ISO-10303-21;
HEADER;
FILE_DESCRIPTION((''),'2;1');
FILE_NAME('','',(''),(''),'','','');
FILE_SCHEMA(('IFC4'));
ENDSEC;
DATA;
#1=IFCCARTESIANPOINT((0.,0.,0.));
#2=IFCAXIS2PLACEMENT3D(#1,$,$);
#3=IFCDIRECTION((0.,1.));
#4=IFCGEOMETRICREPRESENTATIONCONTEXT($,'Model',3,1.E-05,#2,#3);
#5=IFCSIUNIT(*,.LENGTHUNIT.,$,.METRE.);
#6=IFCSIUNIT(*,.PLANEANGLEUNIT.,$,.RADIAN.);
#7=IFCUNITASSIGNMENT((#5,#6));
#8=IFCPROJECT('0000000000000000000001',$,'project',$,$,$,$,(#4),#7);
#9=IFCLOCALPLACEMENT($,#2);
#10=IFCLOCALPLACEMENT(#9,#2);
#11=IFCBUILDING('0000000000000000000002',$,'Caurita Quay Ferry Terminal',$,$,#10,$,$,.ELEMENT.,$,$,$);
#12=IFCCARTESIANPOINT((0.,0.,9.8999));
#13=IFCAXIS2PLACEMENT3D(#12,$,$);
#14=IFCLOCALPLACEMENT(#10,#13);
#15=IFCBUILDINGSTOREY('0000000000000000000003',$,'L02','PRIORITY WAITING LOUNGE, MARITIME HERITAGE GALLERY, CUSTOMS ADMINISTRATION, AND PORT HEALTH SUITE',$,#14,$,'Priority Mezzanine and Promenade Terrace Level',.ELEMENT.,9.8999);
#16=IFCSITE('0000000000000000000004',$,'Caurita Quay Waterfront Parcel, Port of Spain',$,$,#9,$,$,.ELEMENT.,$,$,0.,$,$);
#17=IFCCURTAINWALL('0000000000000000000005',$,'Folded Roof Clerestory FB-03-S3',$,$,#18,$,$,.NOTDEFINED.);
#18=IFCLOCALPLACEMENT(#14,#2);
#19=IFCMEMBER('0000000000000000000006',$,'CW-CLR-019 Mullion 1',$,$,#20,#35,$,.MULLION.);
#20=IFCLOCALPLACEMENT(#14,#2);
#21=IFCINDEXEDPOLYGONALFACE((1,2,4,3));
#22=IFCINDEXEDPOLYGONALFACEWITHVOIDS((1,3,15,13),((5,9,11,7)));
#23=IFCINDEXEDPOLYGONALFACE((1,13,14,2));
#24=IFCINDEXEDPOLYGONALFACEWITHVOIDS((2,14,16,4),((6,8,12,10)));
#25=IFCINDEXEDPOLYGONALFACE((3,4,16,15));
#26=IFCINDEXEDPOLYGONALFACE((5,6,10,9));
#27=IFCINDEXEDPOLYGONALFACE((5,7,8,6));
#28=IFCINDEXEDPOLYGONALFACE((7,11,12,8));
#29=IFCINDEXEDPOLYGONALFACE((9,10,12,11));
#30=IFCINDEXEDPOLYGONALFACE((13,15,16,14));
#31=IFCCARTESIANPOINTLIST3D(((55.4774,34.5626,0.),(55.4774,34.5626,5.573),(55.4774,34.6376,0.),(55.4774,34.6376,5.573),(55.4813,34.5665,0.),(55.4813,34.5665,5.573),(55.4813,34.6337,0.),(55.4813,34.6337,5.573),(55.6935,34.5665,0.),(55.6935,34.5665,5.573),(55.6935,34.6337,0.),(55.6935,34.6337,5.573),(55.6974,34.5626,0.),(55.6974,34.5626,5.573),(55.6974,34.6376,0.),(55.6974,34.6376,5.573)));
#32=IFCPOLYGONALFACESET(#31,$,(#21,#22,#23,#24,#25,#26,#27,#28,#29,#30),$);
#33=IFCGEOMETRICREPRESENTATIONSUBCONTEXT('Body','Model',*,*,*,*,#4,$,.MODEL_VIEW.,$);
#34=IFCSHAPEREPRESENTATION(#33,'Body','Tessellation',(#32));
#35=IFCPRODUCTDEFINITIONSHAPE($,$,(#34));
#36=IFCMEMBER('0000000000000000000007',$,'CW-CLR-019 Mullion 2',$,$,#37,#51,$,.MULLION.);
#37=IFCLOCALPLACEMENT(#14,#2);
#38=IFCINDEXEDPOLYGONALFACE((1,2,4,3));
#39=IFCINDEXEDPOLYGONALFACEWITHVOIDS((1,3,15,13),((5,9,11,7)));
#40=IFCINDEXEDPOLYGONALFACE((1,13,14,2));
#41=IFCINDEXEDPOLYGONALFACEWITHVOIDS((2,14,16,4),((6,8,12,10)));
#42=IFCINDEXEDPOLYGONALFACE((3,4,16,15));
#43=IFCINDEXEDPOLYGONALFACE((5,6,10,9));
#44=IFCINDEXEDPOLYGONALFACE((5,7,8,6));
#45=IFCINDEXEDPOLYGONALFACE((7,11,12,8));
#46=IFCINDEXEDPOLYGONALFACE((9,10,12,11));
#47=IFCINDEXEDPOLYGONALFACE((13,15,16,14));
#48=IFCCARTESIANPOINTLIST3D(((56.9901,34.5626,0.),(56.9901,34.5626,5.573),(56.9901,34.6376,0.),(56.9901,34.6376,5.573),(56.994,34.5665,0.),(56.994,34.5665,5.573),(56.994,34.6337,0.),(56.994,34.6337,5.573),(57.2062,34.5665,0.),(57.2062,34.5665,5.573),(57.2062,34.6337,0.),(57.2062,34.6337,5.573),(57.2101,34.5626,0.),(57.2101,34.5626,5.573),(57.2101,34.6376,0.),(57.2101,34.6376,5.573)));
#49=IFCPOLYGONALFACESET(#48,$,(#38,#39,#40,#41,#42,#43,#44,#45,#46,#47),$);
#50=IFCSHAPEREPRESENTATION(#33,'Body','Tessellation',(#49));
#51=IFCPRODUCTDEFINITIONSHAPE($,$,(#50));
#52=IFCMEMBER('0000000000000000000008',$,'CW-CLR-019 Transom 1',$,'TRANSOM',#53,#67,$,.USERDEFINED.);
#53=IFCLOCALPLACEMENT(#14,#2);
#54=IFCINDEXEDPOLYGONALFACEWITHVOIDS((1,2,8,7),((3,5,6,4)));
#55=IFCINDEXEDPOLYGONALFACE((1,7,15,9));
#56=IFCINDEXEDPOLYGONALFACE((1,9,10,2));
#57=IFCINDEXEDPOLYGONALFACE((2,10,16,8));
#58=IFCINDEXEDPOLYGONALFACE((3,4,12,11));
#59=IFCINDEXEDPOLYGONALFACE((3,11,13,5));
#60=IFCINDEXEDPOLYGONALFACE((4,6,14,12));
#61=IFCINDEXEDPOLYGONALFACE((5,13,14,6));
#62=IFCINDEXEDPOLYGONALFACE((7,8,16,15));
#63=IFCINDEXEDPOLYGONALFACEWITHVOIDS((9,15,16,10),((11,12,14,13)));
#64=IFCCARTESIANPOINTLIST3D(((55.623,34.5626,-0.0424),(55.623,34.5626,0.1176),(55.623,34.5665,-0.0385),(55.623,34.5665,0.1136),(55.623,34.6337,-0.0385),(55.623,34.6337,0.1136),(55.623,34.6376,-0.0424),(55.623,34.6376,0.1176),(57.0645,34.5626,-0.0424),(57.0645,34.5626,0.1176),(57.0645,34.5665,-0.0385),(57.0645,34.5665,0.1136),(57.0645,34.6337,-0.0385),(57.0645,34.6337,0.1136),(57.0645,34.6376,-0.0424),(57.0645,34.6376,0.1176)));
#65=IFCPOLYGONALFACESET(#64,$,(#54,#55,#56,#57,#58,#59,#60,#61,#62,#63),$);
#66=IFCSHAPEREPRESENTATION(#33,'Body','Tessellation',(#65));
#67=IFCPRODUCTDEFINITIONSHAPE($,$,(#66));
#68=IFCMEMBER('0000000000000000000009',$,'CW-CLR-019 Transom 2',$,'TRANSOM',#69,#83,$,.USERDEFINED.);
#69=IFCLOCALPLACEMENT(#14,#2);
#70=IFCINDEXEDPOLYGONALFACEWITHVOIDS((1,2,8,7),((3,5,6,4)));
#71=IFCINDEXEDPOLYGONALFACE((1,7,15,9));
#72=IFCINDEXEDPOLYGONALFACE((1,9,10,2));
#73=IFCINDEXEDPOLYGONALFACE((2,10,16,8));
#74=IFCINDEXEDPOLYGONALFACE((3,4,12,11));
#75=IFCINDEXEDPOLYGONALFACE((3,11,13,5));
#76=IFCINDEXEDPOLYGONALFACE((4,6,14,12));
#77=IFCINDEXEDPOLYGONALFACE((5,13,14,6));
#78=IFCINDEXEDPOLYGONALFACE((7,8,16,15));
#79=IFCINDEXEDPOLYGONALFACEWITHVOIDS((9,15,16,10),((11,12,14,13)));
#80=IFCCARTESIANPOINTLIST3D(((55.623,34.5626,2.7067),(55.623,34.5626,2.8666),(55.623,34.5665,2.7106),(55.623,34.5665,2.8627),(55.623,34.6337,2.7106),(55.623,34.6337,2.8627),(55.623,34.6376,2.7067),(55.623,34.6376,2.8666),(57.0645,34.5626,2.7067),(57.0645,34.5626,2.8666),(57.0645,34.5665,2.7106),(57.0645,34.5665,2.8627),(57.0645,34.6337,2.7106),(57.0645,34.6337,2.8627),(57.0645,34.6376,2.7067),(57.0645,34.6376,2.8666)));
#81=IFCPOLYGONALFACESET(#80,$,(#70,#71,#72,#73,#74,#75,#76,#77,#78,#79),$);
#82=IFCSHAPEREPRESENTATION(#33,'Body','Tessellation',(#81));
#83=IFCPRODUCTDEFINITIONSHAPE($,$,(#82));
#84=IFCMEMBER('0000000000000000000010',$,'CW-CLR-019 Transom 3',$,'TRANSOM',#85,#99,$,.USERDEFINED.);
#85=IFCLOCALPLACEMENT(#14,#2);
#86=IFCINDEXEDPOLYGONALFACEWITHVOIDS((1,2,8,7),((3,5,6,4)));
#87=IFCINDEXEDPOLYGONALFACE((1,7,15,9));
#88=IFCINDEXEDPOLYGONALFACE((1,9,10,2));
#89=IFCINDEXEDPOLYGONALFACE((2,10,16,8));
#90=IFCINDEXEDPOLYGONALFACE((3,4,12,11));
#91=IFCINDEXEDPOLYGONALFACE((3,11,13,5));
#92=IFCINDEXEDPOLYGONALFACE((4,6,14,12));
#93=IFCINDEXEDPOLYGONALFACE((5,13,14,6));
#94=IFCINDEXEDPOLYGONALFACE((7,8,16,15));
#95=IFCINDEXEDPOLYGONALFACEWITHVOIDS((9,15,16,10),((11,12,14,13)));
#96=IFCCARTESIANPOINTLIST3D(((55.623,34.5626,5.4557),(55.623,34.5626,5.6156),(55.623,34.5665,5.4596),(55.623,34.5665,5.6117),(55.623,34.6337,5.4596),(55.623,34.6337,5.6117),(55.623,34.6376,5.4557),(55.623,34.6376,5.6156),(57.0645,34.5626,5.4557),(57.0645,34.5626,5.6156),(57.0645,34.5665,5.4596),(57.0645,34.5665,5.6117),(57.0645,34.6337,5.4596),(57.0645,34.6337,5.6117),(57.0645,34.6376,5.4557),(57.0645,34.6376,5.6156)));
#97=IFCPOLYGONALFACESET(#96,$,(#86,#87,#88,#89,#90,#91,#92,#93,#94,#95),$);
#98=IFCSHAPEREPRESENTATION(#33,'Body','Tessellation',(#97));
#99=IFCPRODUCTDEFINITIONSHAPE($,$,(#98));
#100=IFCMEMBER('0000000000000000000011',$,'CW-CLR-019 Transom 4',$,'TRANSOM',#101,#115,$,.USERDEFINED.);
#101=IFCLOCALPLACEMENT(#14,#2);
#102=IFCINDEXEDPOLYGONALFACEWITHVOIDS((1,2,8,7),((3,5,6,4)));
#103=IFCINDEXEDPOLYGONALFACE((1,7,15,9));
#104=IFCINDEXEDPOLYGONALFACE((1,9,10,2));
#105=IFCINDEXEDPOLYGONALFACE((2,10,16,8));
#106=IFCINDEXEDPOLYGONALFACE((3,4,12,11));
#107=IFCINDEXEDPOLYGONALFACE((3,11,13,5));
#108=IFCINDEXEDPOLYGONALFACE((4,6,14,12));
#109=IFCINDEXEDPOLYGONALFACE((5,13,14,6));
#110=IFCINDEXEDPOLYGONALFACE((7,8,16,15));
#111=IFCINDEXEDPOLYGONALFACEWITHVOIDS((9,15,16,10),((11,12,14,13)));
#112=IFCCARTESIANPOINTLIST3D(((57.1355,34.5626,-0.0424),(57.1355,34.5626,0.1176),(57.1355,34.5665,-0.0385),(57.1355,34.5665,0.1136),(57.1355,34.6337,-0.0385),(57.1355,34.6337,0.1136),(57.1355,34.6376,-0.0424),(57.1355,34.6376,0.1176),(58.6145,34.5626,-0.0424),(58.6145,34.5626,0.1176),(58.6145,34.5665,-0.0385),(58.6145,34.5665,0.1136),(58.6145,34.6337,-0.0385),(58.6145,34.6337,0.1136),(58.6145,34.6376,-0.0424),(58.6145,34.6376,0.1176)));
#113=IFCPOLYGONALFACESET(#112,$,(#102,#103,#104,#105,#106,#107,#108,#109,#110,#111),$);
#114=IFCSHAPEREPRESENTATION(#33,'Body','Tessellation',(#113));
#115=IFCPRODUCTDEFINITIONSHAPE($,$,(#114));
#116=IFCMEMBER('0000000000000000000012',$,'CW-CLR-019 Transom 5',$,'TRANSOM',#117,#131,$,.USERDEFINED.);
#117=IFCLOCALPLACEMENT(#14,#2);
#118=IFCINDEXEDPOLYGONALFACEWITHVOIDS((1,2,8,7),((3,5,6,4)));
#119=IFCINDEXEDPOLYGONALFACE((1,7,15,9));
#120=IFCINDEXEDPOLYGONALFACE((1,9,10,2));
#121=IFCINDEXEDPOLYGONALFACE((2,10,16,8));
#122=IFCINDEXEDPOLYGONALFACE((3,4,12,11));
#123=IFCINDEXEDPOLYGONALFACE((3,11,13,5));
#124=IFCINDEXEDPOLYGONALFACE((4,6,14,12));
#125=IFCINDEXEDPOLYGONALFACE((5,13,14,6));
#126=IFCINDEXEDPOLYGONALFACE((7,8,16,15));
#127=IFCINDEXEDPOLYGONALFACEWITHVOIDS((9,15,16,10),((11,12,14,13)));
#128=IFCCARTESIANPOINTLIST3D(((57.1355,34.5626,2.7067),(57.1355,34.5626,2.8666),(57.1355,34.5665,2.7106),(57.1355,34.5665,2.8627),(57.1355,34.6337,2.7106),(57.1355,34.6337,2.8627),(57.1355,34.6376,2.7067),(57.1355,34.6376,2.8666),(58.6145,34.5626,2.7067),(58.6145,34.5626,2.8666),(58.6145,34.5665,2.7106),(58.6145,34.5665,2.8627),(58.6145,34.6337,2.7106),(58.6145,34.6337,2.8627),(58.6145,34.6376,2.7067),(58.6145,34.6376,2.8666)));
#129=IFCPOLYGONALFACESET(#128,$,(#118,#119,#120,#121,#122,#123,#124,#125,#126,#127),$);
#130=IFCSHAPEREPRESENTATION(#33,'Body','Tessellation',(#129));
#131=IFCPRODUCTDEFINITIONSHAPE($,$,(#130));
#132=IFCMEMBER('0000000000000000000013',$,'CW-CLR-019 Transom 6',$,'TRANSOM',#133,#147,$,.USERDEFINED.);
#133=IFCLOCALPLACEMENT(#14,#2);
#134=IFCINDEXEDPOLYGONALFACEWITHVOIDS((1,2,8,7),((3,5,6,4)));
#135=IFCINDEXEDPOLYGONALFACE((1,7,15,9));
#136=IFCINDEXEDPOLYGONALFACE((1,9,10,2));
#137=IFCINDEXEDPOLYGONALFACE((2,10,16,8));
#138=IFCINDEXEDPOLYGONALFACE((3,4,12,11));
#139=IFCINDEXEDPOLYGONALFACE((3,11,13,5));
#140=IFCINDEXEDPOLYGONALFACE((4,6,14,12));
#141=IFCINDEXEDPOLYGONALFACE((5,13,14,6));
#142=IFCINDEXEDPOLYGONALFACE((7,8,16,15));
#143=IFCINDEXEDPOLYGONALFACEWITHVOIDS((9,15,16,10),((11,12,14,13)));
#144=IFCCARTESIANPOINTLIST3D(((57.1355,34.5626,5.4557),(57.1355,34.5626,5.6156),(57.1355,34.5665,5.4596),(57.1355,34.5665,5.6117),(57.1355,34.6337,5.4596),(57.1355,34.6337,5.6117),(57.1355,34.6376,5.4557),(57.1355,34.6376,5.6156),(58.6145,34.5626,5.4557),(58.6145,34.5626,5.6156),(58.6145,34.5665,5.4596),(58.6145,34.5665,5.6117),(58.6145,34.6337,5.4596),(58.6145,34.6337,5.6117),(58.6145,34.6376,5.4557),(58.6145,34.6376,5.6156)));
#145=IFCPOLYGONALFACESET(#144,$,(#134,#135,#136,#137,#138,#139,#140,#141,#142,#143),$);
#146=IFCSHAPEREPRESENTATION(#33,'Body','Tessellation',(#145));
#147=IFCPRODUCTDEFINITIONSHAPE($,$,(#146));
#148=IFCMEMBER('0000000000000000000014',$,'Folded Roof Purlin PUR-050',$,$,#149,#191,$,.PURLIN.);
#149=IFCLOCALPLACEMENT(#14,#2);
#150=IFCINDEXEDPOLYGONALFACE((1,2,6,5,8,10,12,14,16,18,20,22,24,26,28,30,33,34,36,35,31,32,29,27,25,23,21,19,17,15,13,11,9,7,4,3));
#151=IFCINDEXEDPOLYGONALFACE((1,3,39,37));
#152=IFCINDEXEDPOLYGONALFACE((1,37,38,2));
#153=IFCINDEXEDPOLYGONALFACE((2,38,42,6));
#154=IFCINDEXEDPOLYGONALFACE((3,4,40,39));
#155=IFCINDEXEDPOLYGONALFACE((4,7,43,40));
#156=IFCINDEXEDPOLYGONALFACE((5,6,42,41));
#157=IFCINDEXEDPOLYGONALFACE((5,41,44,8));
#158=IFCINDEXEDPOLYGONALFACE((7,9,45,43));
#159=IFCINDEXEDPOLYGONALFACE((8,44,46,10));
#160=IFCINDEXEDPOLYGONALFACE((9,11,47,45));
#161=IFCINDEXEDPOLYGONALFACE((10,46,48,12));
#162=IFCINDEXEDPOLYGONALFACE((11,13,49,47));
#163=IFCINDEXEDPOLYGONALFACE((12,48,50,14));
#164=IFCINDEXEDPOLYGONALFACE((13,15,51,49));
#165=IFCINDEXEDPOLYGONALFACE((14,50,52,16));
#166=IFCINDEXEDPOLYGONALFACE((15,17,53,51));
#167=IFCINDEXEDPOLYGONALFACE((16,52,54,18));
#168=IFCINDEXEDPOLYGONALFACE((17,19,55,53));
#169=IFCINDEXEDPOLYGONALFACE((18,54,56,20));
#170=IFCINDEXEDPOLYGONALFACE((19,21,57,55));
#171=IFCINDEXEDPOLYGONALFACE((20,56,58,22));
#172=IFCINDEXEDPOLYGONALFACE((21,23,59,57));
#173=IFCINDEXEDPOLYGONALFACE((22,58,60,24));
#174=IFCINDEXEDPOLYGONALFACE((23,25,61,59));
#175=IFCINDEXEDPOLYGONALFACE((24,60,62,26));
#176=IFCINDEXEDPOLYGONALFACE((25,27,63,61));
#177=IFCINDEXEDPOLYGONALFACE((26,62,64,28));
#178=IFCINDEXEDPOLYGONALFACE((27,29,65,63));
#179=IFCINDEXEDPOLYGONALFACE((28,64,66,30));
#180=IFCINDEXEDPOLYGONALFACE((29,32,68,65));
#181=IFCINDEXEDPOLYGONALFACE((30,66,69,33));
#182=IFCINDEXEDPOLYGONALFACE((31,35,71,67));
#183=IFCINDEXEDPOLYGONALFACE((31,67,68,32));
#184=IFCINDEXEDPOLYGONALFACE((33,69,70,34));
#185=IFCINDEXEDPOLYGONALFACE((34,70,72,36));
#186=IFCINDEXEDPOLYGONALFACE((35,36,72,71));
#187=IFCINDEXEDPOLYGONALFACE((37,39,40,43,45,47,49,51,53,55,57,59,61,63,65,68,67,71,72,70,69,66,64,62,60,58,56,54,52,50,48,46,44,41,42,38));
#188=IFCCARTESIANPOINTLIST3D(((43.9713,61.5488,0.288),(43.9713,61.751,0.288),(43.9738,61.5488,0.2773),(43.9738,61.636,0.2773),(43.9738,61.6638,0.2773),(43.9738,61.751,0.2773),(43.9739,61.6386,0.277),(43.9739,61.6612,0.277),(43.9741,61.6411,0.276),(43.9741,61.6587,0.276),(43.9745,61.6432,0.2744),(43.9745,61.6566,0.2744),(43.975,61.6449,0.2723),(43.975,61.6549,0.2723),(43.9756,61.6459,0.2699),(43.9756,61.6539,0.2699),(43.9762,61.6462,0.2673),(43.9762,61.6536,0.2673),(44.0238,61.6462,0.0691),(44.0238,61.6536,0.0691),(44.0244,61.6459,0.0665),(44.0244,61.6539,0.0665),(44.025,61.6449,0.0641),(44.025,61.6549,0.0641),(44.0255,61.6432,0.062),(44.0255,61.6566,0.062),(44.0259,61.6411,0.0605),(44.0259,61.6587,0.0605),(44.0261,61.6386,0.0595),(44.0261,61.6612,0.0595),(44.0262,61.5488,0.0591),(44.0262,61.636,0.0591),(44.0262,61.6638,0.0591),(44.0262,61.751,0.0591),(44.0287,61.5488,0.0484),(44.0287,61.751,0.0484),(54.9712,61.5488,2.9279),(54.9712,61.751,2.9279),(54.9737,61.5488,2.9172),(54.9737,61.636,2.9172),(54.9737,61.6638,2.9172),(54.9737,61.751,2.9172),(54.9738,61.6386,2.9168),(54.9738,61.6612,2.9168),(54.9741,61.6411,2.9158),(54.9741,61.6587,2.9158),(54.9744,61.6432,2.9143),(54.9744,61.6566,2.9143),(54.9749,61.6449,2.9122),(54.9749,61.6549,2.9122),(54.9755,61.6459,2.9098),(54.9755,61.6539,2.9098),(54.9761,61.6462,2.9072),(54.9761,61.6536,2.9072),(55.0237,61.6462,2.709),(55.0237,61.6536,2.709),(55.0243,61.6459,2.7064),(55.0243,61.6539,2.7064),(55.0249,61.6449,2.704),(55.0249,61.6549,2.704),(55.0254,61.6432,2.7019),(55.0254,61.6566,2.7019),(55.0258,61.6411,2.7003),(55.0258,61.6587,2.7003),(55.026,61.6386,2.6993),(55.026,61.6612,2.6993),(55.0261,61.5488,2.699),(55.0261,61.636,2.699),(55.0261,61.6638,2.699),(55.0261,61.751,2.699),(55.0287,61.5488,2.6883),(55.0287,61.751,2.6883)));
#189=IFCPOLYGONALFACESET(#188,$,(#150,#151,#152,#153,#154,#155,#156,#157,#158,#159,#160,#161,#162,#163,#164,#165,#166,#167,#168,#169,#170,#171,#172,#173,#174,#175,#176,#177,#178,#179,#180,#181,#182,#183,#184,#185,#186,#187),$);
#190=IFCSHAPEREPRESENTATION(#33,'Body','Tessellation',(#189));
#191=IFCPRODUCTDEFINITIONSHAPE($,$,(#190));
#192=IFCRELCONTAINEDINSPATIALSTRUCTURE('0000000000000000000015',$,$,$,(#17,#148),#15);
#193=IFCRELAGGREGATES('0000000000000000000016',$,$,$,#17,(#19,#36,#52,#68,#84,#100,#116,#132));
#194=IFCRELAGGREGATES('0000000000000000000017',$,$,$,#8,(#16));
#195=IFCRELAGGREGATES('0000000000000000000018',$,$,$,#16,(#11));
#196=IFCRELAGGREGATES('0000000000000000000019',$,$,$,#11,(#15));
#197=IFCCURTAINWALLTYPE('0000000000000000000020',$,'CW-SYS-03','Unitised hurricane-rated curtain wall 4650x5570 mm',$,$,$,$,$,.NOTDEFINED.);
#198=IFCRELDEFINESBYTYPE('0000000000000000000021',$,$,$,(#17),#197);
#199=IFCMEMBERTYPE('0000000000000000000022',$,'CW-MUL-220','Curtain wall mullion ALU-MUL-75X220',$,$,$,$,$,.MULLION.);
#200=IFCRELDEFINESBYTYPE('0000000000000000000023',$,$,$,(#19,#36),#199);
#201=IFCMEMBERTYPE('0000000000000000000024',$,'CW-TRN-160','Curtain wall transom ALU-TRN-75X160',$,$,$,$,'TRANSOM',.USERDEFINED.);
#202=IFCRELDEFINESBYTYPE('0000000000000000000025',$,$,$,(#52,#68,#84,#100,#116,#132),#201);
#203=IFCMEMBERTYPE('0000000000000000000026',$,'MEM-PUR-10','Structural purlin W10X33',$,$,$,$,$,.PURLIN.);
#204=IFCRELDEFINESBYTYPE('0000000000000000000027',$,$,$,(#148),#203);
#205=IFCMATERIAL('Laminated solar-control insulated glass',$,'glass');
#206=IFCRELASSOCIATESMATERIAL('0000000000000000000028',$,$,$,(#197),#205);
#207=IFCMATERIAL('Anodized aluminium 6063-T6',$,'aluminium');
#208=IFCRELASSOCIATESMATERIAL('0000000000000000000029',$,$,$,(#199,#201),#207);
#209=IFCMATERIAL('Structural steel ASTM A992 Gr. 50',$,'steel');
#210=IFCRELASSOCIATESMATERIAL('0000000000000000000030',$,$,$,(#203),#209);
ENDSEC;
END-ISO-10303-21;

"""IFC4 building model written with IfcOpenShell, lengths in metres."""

from ifc_helpers import new_model, si_unit, direction, frame, origin, origin_2d, place, context, subcontext, project, spatial, hollow_rectangle, i_section, extrude, material, material_profile, profile_set, type_object, element, aggregate, save


model = new_model("IFC4")

# Units and contexts
model_context = context("Model", 3, precision=1e-05, world=origin(), true_north=direction((0.0, 1.0)))
body_context = subcontext(model_context, "Body", "Model", "MODEL_VIEW")
ifc_project = project(units=[si_unit("LENGTHUNIT", "METRE"), si_unit("PLANEANGLEUNIT", "RADIAN")], contexts=[model_context])

# Site, building, storey
site_placement = place(None, origin())
site = spatial("IfcSite", under=ifc_project, at=site_placement, Name="Caurita Quay Waterfront Parcel, Port of Spain", CompositionType="ELEMENT", RefElevation=0.0)
building_placement = place(site_placement, origin())
building = spatial("IfcBuilding", under=site, at=building_placement, Name="Caurita Quay Ferry Terminal", CompositionType="ELEMENT")
storey_placement = place(building_placement, frame((0.0, 0.0, 9.8999)))
storey = spatial("IfcBuildingStorey", under=building, at=storey_placement, Name="L02", Description="PRIORITY WAITING LOUNGE, MARITIME HERITAGE GALLERY, CUSTOMS ADMINISTRATION, AND PORT HEALTH SUITE", LongName="Priority Mezzanine and Promenade Terrace Level", CompositionType="ELEMENT", Elevation=9.8999)

# Curtain wall, members
ifc_material_1 = material(Name="Laminated solar-control insulated glass", Category="glass")
curtain_wall_type = type_object("IfcCurtainWallType", Name="CW-SYS-03", Description="Unitised hurricane-rated curtain wall 4650x5570 mm", PredefinedType="NOTDEFINED", material=ifc_material_1)
curtain_wall_placement = place(storey_placement, origin())
curtain_wall = element("IfcCurtainWall", 1, at=curtain_wall_placement, inside=storey, type_object=curtain_wall_type, Name="Folded Roof Clerestory FB-03-S3", PredefinedType="NOTDEFINED")
ifc_material_2 = material(Name="Anodized aluminium 6063-T6", Category="aluminium")
ifc_material_profile_1 = material_profile(ifc_material_2, hollow_rectangle(XDim=0.075, YDim=0.22, WallThickness=0.0039, at=origin_2d()), Name="ALU-MUL-75X220")
ifc_profile_set_1 = profile_set([ifc_material_profile_1], Name="Anodized aluminium 6063-T6")
member_type_1 = type_object("IfcMemberType", Name="CW-MUL-220", Description="Curtain wall mullion ALU-MUL-75X220", PredefinedType="MULLION", material=ifc_profile_set_1)
member_1_placement = place(storey_placement, frame((55.5874, 34.6001, 0.0), z_axis=(0.0, 0.0, 1.0), x_axis=(0.0, 1.0, 0.0)))
member_1 = element("IfcMember", 2, at=member_1_placement, type_object=member_type_1, Name="CW-CLR-019 Mullion 1", PredefinedType="MULLION", context=body_context, shape_type="SweptSolid", body=[
    extrude(hollow_rectangle(XDim=0.075, YDim=0.22, WallThickness=0.0039, at=origin_2d()), origin(), (0.0, 0.0, 1.0), 5.573),
])
member_2_placement = place(storey_placement, frame((57.1001, 34.6001, 0.0), z_axis=(0.0, 0.0, 1.0), x_axis=(0.0, 1.0, 0.0)))
member_2 = element("IfcMember", 3, at=member_2_placement, type_object=member_type_1, Name="CW-CLR-019 Mullion 2", PredefinedType="MULLION", context=body_context, shape_type="SweptSolid", body=[
    extrude(hollow_rectangle(XDim=0.075, YDim=0.22, WallThickness=0.0039, at=origin_2d()), origin(), (0.0, 0.0, 1.0), 5.573),
])
ifc_material_profile_2 = material_profile(ifc_material_2, hollow_rectangle(XDim=0.075, YDim=0.1599, WallThickness=0.0039, at=origin_2d()), Name="ALU-TRN-75X160")
ifc_profile_set_2 = profile_set([ifc_material_profile_2], Name="Anodized aluminium 6063-T6")
member_type_2 = type_object("IfcMemberType", Name="CW-TRN-160", Description="Curtain wall transom ALU-TRN-75X160", ElementType="TRANSOM", PredefinedType="USERDEFINED", material=ifc_profile_set_2)
member_3_placement = place(storey_placement, frame((55.623, 34.6001, 0.0376), z_axis=(1.0, 0.0, 0.0), x_axis=(0.0, 1.0, 0.0)))
member_3 = element("IfcMember", 4, at=member_3_placement, type_object=member_type_2, Name="CW-CLR-019 Transom 1", ObjectType="TRANSOM", PredefinedType="USERDEFINED", context=body_context, shape_type="SweptSolid", body=[
    extrude(hollow_rectangle(XDim=0.075, YDim=0.1599, WallThickness=0.0039, at=origin_2d()), origin(), (0.0, 0.0, 1.0), 1.4414),
])
member_4_placement = place(storey_placement, frame((55.623, 34.6001, 2.7866), z_axis=(1.0, 0.0, 0.0), x_axis=(0.0, 1.0, 0.0)))
member_4 = element("IfcMember", 5, at=member_4_placement, type_object=member_type_2, Name="CW-CLR-019 Transom 2", ObjectType="TRANSOM", PredefinedType="USERDEFINED", context=body_context, shape_type="SweptSolid", body=[
    extrude(hollow_rectangle(XDim=0.075, YDim=0.1599, WallThickness=0.0039, at=origin_2d()), origin(), (0.0, 0.0, 1.0), 1.4414),
])
member_5_placement = place(storey_placement, frame((55.623, 34.6001, 5.5356), z_axis=(1.0, 0.0, 0.0), x_axis=(0.0, 1.0, 0.0)))
member_5 = element("IfcMember", 6, at=member_5_placement, type_object=member_type_2, Name="CW-CLR-019 Transom 3", ObjectType="TRANSOM", PredefinedType="USERDEFINED", context=body_context, shape_type="SweptSolid", body=[
    extrude(hollow_rectangle(XDim=0.075, YDim=0.1599, WallThickness=0.0039, at=origin_2d()), origin(), (0.0, 0.0, 1.0), 1.4414),
])
member_6_placement = place(storey_placement, frame((57.1355, 34.6001, 0.0376), z_axis=(1.0, 0.0, 0.0), x_axis=(0.0, 1.0, 0.0)))
member_6 = element("IfcMember", 7, at=member_6_placement, type_object=member_type_2, Name="CW-CLR-019 Transom 4", ObjectType="TRANSOM", PredefinedType="USERDEFINED", context=body_context, shape_type="SweptSolid", body=[
    extrude(hollow_rectangle(XDim=0.075, YDim=0.1599, WallThickness=0.0039, at=origin_2d()), origin(), (0.0, 0.0, 1.0), 1.479),
])
member_7_placement = place(storey_placement, frame((57.1355, 34.6001, 2.7866), z_axis=(1.0, 0.0, 0.0), x_axis=(0.0, 1.0, 0.0)))
member_7 = element("IfcMember", 8, at=member_7_placement, type_object=member_type_2, Name="CW-CLR-019 Transom 5", ObjectType="TRANSOM", PredefinedType="USERDEFINED", context=body_context, shape_type="SweptSolid", body=[
    extrude(hollow_rectangle(XDim=0.075, YDim=0.1599, WallThickness=0.0039, at=origin_2d()), origin(), (0.0, 0.0, 1.0), 1.479),
])
member_8_placement = place(storey_placement, frame((57.1355, 34.6001, 5.5356), z_axis=(1.0, 0.0, 0.0), x_axis=(0.0, 1.0, 0.0)))
member_8 = element("IfcMember", 9, at=member_8_placement, type_object=member_type_2, Name="CW-CLR-019 Transom 6", ObjectType="TRANSOM", PredefinedType="USERDEFINED", context=body_context, shape_type="SweptSolid", body=[
    extrude(hollow_rectangle(XDim=0.075, YDim=0.1599, WallThickness=0.0039, at=origin_2d()), origin(), (0.0, 0.0, 1.0), 1.479),
])

# Member
ifc_material_3 = material(Name="Structural steel ASTM A992 Gr. 50", Category="steel")
ifc_material_profile_3 = material_profile(ifc_material_3, i_section(OverallWidth=0.2021, OverallDepth=0.2463, WebThickness=0.0073, FlangeThickness=0.011, FilletRadius=0.0103, at=origin_2d()), Name="W10X33")
ifc_profile_set_3 = profile_set([ifc_material_profile_3], Name="Structural steel ASTM A992 Gr. 50")
member_type_3 = type_object("IfcMemberType", Name="MEM-PUR-10", Description="Structural purlin W10X33", PredefinedType="PURLIN", material=ifc_profile_set_3)
member_9_placement = place(storey_placement, frame((44.0, 61.6499, 0.1682), z_axis=(0.972389, 0.0, 0.233364), x_axis=(0.0, 1.0, 0.0)))
element("IfcMember", 10, at=member_9_placement, inside=storey, type_object=member_type_3, Name="Folded Roof Purlin PUR-050", PredefinedType="PURLIN", context=body_context, shape_type="SweptSolid", body=[
    extrude(i_section(OverallWidth=0.2021, OverallDepth=0.2463, WebThickness=0.0073, FlangeThickness=0.011, FilletRadius=0.0103, at=origin_2d()), origin(), (0.0, 0.0, 1.0), 11.3123),
])

aggregate(curtain_wall, [member_1, member_2, member_3, member_4, member_5, member_6, member_7, member_8])

save(model, "model.ifc")
